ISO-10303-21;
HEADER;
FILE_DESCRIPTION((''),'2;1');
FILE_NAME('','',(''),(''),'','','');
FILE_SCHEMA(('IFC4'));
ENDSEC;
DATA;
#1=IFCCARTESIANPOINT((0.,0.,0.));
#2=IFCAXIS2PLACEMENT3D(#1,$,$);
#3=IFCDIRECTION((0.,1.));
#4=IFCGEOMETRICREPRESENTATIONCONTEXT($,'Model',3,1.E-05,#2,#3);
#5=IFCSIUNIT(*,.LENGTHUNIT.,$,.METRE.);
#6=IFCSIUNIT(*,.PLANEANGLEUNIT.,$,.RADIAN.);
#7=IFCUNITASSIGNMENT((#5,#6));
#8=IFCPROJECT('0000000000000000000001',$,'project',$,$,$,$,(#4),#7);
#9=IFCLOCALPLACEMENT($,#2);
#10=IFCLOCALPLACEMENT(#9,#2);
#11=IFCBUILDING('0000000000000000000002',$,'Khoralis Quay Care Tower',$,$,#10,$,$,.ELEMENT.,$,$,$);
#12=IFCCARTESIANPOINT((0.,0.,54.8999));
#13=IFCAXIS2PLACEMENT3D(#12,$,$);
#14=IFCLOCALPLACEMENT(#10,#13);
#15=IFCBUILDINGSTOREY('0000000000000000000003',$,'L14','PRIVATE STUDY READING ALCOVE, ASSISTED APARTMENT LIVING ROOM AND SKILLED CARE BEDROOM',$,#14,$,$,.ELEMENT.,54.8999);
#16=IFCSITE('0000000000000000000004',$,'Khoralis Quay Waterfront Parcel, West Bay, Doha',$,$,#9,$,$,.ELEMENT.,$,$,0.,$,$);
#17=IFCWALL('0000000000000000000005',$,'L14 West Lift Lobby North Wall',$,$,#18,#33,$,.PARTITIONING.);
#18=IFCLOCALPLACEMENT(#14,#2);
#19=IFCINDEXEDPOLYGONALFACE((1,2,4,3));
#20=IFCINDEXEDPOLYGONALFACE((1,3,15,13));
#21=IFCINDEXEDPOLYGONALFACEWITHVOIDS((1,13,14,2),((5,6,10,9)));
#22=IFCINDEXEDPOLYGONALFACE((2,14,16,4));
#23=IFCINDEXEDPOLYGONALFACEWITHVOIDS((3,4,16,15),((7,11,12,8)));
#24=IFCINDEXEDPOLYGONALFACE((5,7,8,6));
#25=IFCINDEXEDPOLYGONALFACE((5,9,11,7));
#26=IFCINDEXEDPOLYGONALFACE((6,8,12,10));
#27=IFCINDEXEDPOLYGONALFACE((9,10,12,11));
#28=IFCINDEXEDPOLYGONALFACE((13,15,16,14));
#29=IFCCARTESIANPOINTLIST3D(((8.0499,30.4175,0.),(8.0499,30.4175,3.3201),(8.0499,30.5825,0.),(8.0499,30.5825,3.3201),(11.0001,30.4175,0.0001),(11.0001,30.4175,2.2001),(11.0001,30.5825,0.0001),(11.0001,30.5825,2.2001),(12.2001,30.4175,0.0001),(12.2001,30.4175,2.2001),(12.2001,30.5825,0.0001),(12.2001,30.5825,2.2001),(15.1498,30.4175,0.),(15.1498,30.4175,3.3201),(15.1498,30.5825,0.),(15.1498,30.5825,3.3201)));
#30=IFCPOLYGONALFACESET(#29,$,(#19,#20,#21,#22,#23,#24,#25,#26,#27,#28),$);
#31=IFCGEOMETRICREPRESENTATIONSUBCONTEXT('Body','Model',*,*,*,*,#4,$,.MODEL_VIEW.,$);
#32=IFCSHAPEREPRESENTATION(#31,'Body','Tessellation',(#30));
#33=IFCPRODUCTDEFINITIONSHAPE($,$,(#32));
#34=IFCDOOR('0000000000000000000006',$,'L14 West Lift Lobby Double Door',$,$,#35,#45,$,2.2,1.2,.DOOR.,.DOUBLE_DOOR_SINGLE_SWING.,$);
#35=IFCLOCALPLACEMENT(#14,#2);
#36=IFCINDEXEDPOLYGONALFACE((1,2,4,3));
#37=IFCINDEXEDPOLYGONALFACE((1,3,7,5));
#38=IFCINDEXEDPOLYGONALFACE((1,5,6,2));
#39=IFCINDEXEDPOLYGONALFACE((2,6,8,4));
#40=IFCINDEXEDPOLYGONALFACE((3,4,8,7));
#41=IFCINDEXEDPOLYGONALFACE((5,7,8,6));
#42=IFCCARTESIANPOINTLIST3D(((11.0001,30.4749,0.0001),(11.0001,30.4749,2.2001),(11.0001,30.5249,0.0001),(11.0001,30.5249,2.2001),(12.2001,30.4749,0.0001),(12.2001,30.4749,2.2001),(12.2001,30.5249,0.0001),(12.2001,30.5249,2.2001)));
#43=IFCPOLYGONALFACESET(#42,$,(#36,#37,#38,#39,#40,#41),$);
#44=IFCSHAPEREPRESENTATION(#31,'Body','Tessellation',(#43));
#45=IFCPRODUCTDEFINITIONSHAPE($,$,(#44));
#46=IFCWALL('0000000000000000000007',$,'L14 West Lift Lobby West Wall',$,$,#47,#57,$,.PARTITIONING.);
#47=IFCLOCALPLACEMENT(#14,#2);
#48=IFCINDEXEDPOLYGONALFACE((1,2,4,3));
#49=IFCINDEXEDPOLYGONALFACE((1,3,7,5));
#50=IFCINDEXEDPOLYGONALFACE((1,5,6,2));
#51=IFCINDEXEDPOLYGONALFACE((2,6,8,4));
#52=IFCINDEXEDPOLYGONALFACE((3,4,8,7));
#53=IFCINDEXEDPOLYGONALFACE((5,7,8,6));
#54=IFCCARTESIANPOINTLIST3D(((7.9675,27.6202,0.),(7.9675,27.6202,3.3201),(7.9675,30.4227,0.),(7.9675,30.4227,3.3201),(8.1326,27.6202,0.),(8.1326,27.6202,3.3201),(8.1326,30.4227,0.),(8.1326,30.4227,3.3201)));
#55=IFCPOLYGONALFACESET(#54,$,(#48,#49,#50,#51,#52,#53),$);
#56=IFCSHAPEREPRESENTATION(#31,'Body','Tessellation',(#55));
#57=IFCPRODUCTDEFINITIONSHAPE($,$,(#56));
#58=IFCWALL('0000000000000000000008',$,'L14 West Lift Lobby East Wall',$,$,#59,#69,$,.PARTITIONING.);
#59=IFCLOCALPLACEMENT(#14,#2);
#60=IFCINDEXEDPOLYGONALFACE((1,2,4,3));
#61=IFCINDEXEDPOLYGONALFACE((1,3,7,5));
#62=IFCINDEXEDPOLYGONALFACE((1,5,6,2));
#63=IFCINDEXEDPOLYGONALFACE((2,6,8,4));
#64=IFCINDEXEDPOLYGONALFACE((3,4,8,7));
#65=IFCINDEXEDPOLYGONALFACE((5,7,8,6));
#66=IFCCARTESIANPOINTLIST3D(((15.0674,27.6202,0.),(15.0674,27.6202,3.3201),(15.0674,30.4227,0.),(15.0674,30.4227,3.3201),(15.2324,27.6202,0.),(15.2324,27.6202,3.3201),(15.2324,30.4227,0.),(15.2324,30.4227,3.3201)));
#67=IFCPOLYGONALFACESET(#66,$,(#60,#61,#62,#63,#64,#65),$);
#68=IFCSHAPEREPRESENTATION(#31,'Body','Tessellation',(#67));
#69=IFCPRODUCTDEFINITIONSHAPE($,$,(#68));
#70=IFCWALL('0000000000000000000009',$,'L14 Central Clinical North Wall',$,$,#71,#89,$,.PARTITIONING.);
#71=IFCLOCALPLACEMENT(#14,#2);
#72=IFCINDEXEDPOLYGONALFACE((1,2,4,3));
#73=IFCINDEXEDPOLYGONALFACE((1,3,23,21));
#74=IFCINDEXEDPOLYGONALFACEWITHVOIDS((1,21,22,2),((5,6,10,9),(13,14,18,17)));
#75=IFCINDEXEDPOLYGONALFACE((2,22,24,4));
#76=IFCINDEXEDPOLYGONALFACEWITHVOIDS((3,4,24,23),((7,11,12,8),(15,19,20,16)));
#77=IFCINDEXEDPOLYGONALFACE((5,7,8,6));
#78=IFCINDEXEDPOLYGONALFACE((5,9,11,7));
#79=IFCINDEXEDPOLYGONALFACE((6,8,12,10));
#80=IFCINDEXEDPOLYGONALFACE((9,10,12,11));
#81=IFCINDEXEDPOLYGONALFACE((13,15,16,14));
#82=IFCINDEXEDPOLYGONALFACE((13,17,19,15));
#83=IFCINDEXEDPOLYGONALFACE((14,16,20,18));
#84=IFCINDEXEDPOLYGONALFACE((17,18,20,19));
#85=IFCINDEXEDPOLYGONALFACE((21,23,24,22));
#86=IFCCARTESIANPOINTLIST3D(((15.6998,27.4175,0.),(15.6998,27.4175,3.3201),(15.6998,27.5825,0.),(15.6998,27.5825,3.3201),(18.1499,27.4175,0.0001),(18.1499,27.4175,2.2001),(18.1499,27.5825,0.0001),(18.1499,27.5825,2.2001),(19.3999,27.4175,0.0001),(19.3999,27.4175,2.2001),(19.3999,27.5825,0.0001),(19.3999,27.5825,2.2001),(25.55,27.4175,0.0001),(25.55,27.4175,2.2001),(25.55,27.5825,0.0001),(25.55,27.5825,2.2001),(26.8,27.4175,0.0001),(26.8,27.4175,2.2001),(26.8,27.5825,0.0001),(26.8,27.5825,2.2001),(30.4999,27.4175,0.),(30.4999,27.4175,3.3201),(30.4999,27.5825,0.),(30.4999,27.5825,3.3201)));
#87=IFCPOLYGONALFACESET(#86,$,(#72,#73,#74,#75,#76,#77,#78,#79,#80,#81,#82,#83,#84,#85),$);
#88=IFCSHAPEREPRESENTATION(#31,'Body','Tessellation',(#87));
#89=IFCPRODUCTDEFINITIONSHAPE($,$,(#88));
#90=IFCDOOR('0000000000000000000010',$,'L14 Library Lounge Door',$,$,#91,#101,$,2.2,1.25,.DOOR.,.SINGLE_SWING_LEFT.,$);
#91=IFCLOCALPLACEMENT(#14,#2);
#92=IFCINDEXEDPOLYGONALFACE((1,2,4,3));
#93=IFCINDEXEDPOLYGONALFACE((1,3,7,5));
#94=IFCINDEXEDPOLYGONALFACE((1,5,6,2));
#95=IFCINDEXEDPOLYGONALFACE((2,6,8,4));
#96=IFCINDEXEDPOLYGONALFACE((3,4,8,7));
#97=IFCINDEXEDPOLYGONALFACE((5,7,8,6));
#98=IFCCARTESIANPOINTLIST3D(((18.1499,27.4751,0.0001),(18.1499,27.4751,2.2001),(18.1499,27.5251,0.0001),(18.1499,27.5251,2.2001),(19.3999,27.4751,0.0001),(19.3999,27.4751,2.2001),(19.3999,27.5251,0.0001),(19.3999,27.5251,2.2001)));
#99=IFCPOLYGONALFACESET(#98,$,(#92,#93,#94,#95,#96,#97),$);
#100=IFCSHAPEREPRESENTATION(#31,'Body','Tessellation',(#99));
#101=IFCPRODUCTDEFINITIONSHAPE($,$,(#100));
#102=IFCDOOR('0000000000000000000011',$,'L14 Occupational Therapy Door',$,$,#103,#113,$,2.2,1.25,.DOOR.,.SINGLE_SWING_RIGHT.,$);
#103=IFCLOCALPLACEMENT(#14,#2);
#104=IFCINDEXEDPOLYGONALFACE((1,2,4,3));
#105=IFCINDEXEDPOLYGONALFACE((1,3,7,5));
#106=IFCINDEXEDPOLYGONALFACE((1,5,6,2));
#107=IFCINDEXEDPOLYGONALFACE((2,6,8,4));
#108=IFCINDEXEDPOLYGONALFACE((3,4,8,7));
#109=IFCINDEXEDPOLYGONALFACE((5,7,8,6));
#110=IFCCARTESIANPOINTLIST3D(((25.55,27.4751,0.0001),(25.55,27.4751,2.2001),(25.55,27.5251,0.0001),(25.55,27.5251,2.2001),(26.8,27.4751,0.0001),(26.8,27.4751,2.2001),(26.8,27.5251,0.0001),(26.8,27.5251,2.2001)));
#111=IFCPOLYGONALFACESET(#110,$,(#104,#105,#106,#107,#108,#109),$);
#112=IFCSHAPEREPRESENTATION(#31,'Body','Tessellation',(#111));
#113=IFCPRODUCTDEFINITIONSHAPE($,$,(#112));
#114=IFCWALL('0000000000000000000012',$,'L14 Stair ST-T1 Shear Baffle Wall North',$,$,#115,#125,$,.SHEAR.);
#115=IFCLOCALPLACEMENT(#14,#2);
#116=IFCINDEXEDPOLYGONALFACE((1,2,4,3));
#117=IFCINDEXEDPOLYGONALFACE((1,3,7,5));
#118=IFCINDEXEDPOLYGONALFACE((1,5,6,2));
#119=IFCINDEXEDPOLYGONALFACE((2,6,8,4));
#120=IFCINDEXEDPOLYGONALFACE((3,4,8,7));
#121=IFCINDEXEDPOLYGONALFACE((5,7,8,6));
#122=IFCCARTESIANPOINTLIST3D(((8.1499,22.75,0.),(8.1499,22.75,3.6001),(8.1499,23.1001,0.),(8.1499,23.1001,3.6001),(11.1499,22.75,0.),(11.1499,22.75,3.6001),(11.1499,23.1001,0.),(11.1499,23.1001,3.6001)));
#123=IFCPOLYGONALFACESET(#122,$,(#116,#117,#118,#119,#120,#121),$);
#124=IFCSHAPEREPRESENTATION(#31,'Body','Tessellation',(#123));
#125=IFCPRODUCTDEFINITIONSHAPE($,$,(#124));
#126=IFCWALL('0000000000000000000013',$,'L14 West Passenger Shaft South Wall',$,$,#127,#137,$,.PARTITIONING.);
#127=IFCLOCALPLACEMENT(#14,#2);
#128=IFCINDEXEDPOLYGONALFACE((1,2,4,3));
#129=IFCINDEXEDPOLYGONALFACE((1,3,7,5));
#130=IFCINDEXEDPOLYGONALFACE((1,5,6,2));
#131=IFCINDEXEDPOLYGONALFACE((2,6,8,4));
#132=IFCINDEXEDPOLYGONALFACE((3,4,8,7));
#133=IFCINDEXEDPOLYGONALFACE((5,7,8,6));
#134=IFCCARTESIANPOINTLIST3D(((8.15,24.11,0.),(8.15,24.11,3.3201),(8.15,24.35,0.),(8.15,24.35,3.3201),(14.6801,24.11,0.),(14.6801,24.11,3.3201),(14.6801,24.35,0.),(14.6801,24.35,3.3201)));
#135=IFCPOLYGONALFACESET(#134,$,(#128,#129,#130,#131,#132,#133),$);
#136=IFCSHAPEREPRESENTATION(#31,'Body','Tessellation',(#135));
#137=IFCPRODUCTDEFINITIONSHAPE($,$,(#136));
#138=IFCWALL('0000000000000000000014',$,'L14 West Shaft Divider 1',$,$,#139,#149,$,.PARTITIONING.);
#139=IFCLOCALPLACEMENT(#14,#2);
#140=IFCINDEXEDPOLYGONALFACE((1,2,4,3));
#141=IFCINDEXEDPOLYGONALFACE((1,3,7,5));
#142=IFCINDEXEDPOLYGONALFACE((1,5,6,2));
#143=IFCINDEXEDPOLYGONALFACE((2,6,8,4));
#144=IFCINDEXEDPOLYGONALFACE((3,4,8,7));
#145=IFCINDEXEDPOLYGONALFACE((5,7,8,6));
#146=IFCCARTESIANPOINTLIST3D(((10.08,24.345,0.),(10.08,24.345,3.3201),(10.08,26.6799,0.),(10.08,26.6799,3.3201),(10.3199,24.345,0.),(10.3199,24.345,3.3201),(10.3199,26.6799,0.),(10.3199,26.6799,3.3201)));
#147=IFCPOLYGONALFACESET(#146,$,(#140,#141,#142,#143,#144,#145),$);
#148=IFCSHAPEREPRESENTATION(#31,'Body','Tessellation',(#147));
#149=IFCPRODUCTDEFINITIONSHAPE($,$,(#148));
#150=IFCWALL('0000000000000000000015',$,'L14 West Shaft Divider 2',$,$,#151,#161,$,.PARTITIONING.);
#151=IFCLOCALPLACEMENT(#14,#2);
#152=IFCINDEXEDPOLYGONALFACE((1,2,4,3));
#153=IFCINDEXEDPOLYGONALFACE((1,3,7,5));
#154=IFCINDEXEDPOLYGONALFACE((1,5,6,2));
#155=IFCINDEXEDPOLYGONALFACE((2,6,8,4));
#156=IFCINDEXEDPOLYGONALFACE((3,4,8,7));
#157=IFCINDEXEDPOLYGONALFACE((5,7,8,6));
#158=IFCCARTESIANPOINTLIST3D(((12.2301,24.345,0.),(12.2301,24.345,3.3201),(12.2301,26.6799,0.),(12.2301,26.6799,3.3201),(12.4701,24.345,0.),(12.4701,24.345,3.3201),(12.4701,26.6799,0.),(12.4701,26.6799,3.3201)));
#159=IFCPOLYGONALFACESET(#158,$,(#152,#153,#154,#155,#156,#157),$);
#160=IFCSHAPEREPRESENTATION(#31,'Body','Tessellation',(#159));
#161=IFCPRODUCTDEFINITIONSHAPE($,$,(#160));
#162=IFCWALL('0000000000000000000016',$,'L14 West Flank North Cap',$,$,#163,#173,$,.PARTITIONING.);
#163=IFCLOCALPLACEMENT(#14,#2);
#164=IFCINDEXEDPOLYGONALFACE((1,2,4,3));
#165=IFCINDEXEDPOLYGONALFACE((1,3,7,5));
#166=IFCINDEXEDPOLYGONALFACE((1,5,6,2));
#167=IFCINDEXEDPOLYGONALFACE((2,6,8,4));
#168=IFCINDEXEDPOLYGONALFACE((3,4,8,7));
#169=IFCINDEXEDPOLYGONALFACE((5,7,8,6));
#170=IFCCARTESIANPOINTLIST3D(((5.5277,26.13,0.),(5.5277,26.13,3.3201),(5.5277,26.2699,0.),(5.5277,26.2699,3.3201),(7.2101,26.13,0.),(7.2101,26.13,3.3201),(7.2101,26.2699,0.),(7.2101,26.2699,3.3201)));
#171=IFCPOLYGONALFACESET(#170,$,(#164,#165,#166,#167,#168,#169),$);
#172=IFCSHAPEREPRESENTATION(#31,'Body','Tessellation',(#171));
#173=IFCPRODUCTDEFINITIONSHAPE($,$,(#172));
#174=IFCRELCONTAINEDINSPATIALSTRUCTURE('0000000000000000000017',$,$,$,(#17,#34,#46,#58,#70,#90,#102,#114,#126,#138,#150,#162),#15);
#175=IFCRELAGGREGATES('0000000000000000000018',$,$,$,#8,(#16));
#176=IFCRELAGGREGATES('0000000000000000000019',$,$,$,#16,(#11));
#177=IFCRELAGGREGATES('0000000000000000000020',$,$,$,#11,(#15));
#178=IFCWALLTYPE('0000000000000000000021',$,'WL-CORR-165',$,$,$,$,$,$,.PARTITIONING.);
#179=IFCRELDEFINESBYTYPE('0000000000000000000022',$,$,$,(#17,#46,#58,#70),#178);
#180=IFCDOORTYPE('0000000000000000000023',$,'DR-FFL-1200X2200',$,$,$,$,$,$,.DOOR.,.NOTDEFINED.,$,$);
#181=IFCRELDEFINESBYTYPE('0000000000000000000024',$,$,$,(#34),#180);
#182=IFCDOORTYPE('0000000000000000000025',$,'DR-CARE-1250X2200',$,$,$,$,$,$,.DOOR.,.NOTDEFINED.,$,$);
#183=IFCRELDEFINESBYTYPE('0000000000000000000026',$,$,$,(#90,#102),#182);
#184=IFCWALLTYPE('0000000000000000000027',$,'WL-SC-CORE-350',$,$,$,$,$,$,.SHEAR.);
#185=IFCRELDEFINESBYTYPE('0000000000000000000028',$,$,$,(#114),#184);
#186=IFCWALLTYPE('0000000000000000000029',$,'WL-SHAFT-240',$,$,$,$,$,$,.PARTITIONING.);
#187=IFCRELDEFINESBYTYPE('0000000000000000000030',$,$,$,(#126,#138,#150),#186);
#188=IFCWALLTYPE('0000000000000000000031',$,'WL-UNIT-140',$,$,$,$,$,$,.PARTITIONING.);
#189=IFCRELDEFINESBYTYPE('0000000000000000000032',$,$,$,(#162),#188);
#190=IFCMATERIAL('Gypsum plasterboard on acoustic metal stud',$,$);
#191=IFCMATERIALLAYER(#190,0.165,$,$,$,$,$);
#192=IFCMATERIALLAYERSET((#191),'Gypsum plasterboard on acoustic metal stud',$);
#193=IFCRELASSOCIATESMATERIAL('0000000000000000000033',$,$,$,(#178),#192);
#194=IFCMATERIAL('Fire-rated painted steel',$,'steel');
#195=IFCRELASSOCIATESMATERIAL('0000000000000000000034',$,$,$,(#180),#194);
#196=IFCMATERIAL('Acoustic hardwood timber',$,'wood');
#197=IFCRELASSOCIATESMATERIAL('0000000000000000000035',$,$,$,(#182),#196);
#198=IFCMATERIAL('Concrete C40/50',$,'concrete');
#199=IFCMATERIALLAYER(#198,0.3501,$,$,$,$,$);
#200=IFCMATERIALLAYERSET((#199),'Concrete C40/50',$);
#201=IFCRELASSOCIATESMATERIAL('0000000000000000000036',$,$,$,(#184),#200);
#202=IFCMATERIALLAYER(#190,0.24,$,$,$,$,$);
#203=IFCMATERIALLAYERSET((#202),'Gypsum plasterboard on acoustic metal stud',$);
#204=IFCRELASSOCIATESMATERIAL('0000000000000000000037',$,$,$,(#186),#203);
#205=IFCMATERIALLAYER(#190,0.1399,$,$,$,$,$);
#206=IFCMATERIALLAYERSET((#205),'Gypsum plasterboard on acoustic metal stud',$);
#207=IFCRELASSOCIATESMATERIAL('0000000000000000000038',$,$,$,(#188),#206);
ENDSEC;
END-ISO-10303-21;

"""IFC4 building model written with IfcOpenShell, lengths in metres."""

from ifc_helpers import new_model, si_unit, direction, frame, frame_2d, origin, place, context, subcontext, project, spatial, rectangle, extrude, source, transform, mapped, material, layer, layer_set, type_object, element, fill, save


model = new_model("IFC4")

# Units and contexts
model_context = context("Model", 3, precision=1e-05, world=origin(), true_north=direction((0.0, 1.0)))
body_context = subcontext(model_context, "Body", "Model", "MODEL_VIEW")
ifc_project = project(units=[si_unit("LENGTHUNIT", "METRE"), si_unit("PLANEANGLEUNIT", "RADIAN")], contexts=[model_context])

# Site, building, storey
site_placement = place(None, origin())
site = spatial("IfcSite", under=ifc_project, at=site_placement, Name="Khoralis Quay Waterfront Parcel, West Bay, Doha", CompositionType="ELEMENT", RefElevation=0.0)
building_placement = place(site_placement, origin())
building = spatial("IfcBuilding", under=site, at=building_placement, Name="Khoralis Quay Care Tower", CompositionType="ELEMENT")
storey_placement = place(building_placement, frame((0.0, 0.0, 54.8999)))
storey = spatial("IfcBuildingStorey", under=building, at=storey_placement, Name="L14", Description="PRIVATE STUDY READING ALCOVE, ASSISTED APARTMENT LIVING ROOM AND SKILLED CARE BEDROOM", CompositionType="ELEMENT", Elevation=54.8999)

# Wall, opening, door
ifc_material_1 = material(Name="Gypsum plasterboard on acoustic metal stud")
ifc_layer_1 = layer(ifc_material_1, 0.165)
ifc_layer_set_1 = layer_set([ifc_layer_1], Name="Gypsum plasterboard on acoustic metal stud")
wall_type_1 = type_object("IfcWallType", Name="WL-CORR-165", PredefinedType="PARTITIONING", material=ifc_layer_set_1)
wall_1_placement = place(storey_placement, frame((8.05, 30.5, 0.0), z_axis=(0.0, 0.0, 1.0), x_axis=(1.0, 0.0, 0.0)))
wall_1 = element("IfcWall", 1, at=wall_1_placement, inside=storey, type_object=wall_type_1, Name="L14 West Lift Lobby North Wall", PredefinedType="PARTITIONING", context=body_context, shape_type="SweptSolid", body=[
    extrude(rectangle(XDim=7.0999, YDim=0.165, at=frame_2d((3.5498, 0.0))), origin(), (0.0, 0.0, 1.0), 3.3201),
])
opening_1_placement = place(wall_1_placement, frame((2.95, 0.0, 0.0)))
opening_1 = element("IfcOpeningElement", 2, at=opening_1_placement, cuts=wall_1, PredefinedType="OPENING", context=body_context, shape_type="SweptSolid", body=[
    extrude(rectangle(XDim=1.2, YDim=2.2, at=frame_2d((0.6001, 1.1001))), frame((0.0, 0.0925, 0.0), z_axis=(0.0, -1.0, 0.0), x_axis=(1.0, 0.0, 0.0)), (0.0, 0.0, 1.0), 0.1851),
])
ifc_material_2 = material(Name="Fire-rated painted steel", Category="steel")
door_type_1 = type_object("IfcDoorType", Name="DR-FFL-1200X2200", OperationType="NOTDEFINED", PredefinedType="DOOR", material=ifc_material_2)
shared_shape_1 = source(origin(), body_context, "Body", "SweptSolid", [
    extrude(rectangle(XDim=1.2, YDim=2.2, at=frame_2d((0.6001, 1.1001))), frame((0.0, 0.0249, 0.0), z_axis=(0.0, -1.0, 0.0), x_axis=(1.0, 0.0, 0.0)), (0.0, 0.0, 1.0), 0.05),
])
door_1_placement = place(opening_1_placement, origin())
door_1 = element("IfcDoor", 3, at=door_1_placement, inside=storey, type_object=door_type_1, Name="L14 West Lift Lobby Double Door", OperationType="DOUBLE_DOOR_SINGLE_SWING", OverallHeight=2.2, OverallWidth=1.2, PredefinedType="DOOR", context=body_context, shape_type="MappedRepresentation", body=[
    mapped(shared_shape_1, transform((0.0, 0.0, 0.0), scale=1.0)),
])
fill(opening_1, door_1)

# Walls
for number, where, z_axis, x_axis, name in (
    (4, (8.05, 27.6201, 0.0), (0.0, 0.0, 1.0), (0.0, 1.0, 0.0), "L14 West Lift Lobby West Wall"),
    (5, (15.1499, 27.6201, 0.0), (0.0, 0.0, 1.0), (0.0, 1.0, 0.0), "L14 West Lift Lobby East Wall"),
):
    element("IfcWall", number, at=place(storey_placement, frame(where, z_axis=z_axis, x_axis=x_axis)), inside=storey, type_object=wall_type_1, Name=name, PredefinedType="PARTITIONING", context=body_context, shape_type="SweptSolid", body=[
        extrude(rectangle(XDim=2.8025, YDim=0.165, at=frame_2d((1.4014, 0.0))), origin(), (0.0, 0.0, 1.0), 3.3201),
    ])

# Wall, openings, doors
wall_2_placement = place(storey_placement, frame((15.7, 27.5, 0.0), z_axis=(0.0, 0.0, 1.0), x_axis=(1.0, 0.0, 0.0)))
wall_2 = element("IfcWall", 6, at=wall_2_placement, inside=storey, type_object=wall_type_1, Name="L14 Central Clinical North Wall", PredefinedType="PARTITIONING", context=body_context, shape_type="SweptSolid", body=[
    extrude(rectangle(XDim=14.8, YDim=0.165, at=frame_2d((7.3999, 0.0))), origin(), (0.0, 0.0, 1.0), 3.3201),
])
opening_2_placement = place(wall_2_placement, frame((2.45, 0.0, 0.0)))
opening_2 = element("IfcOpeningElement", 7, at=opening_2_placement, cuts=wall_2, PredefinedType="OPENING", context=body_context, shape_type="SweptSolid", body=[
    extrude(rectangle(XDim=1.25, YDim=2.2, at=frame_2d((0.625, 1.1001))), frame((0.0, 0.0925, 0.0), z_axis=(0.0, -1.0, 0.0), x_axis=(1.0, 0.0, 0.0)), (0.0, 0.0, 1.0), 0.1851),
])
opening_3_placement = place(wall_2_placement, frame((9.8501, 0.0, 0.0)))
opening_3 = element("IfcOpeningElement", 8, at=opening_3_placement, cuts=wall_2, PredefinedType="OPENING", context=body_context, shape_type="SweptSolid", body=[
    extrude(rectangle(XDim=1.25, YDim=2.2, at=frame_2d((0.625, 1.1001))), frame((0.0, 0.0925, 0.0), z_axis=(0.0, -1.0, 0.0), x_axis=(1.0, 0.0, 0.0)), (0.0, 0.0, 1.0), 0.1851),
])
ifc_material_3 = material(Name="Acoustic hardwood timber", Category="wood")
door_type_2 = type_object("IfcDoorType", Name="DR-CARE-1250X2200", OperationType="NOTDEFINED", PredefinedType="DOOR", material=ifc_material_3)
shared_shape_2 = source(origin(), body_context, "Body", "SweptSolid", [
    extrude(rectangle(XDim=1.25, YDim=2.2, at=frame_2d((0.625, 1.1001))), frame((0.0, 0.0249, 0.0), z_axis=(0.0, -1.0, 0.0), x_axis=(1.0, 0.0, 0.0)), (0.0, 0.0, 1.0), 0.05),
])
door_2_placement = place(opening_2_placement, frame((1.25, 0.0, 0.0), z_axis=(0.0, 0.0, 1.0), x_axis=(-1.0, 0.0, 0.0)))
door_2 = element("IfcDoor", 9, at=door_2_placement, inside=storey, type_object=door_type_2, Name="L14 Library Lounge Door", OperationType="SINGLE_SWING_LEFT", OverallHeight=2.2, OverallWidth=1.25, PredefinedType="DOOR", context=body_context, shape_type="MappedRepresentation", body=[
    mapped(shared_shape_2, transform((0.0, 0.0, 0.0), scale=1.0)),
])
fill(opening_2, door_2)
door_3_placement = place(opening_3_placement, frame((1.25, 0.0, 0.0), z_axis=(0.0, 0.0, 1.0), x_axis=(-1.0, 0.0, 0.0)))
door_3 = element("IfcDoor", 10, at=door_3_placement, inside=storey, type_object=door_type_2, Name="L14 Occupational Therapy Door", OperationType="SINGLE_SWING_RIGHT", OverallHeight=2.2, OverallWidth=1.25, PredefinedType="DOOR", context=body_context, shape_type="MappedRepresentation", body=[
    mapped(shared_shape_2, transform((0.0, 0.0, 0.0), scale=1.0)),
])
fill(opening_3, door_3)

# Walls
ifc_material_4 = material(Name="Concrete C40/50", Category="concrete")
ifc_layer_2 = layer(ifc_material_4, 0.3501)
ifc_layer_set_2 = layer_set([ifc_layer_2], Name="Concrete C40/50")
wall_type_2 = type_object("IfcWallType", Name="WL-SC-CORE-350", PredefinedType="SHEAR", material=ifc_layer_set_2)
wall_3_placement = place(storey_placement, frame((8.1499, 22.925, 0.0), z_axis=(0.0, 0.0, 1.0), x_axis=(1.0, 0.0, 0.0)))
element("IfcWall", 11, at=wall_3_placement, inside=storey, type_object=wall_type_2, Name="L14 Stair ST-T1 Shear Baffle Wall North", PredefinedType="SHEAR", context=body_context, shape_type="SweptSolid", body=[
    extrude(rectangle(XDim=3.0, YDim=0.3501, at=frame_2d((1.5, 0.0))), origin(), (0.0, 0.0, 1.0), 3.6001),
])
ifc_layer_3 = layer(ifc_material_1, 0.24)
ifc_layer_set_3 = layer_set([ifc_layer_3], Name="Gypsum plasterboard on acoustic metal stud")
wall_type_3 = type_object("IfcWallType", Name="WL-SHAFT-240", PredefinedType="PARTITIONING", material=ifc_layer_set_3)
wall_4_placement = place(storey_placement, frame((8.1499, 24.23, 0.0), z_axis=(0.0, 0.0, 1.0), x_axis=(1.0, 0.0, 0.0)))
element("IfcWall", 12, at=wall_4_placement, inside=storey, type_object=wall_type_3, Name="L14 West Passenger Shaft South Wall", PredefinedType="PARTITIONING", context=body_context, shape_type="SweptSolid", body=[
    extrude(rectangle(XDim=6.53, YDim=0.24, at=frame_2d((3.2651, 0.0))), origin(), (0.0, 0.0, 1.0), 3.3201),
])
for number, where, z_axis, x_axis, name in (
    (13, (10.2, 24.345, 0.0), (0.0, 0.0, 1.0), (0.0, 1.0, 0.0), "L14 West Shaft Divider 1"),
    (14, (12.3501, 24.345, 0.0), (0.0, 0.0, 1.0), (0.0, 1.0, 0.0), "L14 West Shaft Divider 2"),
):
    element("IfcWall", number, at=place(storey_placement, frame(where, z_axis=z_axis, x_axis=x_axis)), inside=storey, type_object=wall_type_3, Name=name, PredefinedType="PARTITIONING", context=body_context, shape_type="SweptSolid", body=[
        extrude(rectangle(XDim=2.335, YDim=0.24, at=frame_2d((1.1675, 0.0))), origin(), (0.0, 0.0, 1.0), 3.3201),
    ])
ifc_layer_4 = layer(ifc_material_1, 0.1399)
ifc_layer_set_4 = layer_set([ifc_layer_4], Name="Gypsum plasterboard on acoustic metal stud")
wall_type_4 = type_object("IfcWallType", Name="WL-UNIT-140", PredefinedType="PARTITIONING", material=ifc_layer_set_4)
for number, where, z_axis, x_axis, name in (
    (15, (5.5276, 26.2, 0.0), (0.0, 0.0, 1.0), (1.0, 0.0, 0.0), "L14 West Flank North Cap"),
):
    element("IfcWall", number, at=place(storey_placement, frame(where, z_axis=z_axis, x_axis=x_axis)), inside=storey, type_object=wall_type_4, Name=name, PredefinedType="PARTITIONING", context=body_context, shape_type="SweptSolid", body=[
        extrude(rectangle(XDim=1.6824, YDim=0.1399, at=frame_2d((0.8413, 0.0))), origin(), (0.0, 0.0, 1.0), 3.3201),
    ])

save(model, "model.ifc")
